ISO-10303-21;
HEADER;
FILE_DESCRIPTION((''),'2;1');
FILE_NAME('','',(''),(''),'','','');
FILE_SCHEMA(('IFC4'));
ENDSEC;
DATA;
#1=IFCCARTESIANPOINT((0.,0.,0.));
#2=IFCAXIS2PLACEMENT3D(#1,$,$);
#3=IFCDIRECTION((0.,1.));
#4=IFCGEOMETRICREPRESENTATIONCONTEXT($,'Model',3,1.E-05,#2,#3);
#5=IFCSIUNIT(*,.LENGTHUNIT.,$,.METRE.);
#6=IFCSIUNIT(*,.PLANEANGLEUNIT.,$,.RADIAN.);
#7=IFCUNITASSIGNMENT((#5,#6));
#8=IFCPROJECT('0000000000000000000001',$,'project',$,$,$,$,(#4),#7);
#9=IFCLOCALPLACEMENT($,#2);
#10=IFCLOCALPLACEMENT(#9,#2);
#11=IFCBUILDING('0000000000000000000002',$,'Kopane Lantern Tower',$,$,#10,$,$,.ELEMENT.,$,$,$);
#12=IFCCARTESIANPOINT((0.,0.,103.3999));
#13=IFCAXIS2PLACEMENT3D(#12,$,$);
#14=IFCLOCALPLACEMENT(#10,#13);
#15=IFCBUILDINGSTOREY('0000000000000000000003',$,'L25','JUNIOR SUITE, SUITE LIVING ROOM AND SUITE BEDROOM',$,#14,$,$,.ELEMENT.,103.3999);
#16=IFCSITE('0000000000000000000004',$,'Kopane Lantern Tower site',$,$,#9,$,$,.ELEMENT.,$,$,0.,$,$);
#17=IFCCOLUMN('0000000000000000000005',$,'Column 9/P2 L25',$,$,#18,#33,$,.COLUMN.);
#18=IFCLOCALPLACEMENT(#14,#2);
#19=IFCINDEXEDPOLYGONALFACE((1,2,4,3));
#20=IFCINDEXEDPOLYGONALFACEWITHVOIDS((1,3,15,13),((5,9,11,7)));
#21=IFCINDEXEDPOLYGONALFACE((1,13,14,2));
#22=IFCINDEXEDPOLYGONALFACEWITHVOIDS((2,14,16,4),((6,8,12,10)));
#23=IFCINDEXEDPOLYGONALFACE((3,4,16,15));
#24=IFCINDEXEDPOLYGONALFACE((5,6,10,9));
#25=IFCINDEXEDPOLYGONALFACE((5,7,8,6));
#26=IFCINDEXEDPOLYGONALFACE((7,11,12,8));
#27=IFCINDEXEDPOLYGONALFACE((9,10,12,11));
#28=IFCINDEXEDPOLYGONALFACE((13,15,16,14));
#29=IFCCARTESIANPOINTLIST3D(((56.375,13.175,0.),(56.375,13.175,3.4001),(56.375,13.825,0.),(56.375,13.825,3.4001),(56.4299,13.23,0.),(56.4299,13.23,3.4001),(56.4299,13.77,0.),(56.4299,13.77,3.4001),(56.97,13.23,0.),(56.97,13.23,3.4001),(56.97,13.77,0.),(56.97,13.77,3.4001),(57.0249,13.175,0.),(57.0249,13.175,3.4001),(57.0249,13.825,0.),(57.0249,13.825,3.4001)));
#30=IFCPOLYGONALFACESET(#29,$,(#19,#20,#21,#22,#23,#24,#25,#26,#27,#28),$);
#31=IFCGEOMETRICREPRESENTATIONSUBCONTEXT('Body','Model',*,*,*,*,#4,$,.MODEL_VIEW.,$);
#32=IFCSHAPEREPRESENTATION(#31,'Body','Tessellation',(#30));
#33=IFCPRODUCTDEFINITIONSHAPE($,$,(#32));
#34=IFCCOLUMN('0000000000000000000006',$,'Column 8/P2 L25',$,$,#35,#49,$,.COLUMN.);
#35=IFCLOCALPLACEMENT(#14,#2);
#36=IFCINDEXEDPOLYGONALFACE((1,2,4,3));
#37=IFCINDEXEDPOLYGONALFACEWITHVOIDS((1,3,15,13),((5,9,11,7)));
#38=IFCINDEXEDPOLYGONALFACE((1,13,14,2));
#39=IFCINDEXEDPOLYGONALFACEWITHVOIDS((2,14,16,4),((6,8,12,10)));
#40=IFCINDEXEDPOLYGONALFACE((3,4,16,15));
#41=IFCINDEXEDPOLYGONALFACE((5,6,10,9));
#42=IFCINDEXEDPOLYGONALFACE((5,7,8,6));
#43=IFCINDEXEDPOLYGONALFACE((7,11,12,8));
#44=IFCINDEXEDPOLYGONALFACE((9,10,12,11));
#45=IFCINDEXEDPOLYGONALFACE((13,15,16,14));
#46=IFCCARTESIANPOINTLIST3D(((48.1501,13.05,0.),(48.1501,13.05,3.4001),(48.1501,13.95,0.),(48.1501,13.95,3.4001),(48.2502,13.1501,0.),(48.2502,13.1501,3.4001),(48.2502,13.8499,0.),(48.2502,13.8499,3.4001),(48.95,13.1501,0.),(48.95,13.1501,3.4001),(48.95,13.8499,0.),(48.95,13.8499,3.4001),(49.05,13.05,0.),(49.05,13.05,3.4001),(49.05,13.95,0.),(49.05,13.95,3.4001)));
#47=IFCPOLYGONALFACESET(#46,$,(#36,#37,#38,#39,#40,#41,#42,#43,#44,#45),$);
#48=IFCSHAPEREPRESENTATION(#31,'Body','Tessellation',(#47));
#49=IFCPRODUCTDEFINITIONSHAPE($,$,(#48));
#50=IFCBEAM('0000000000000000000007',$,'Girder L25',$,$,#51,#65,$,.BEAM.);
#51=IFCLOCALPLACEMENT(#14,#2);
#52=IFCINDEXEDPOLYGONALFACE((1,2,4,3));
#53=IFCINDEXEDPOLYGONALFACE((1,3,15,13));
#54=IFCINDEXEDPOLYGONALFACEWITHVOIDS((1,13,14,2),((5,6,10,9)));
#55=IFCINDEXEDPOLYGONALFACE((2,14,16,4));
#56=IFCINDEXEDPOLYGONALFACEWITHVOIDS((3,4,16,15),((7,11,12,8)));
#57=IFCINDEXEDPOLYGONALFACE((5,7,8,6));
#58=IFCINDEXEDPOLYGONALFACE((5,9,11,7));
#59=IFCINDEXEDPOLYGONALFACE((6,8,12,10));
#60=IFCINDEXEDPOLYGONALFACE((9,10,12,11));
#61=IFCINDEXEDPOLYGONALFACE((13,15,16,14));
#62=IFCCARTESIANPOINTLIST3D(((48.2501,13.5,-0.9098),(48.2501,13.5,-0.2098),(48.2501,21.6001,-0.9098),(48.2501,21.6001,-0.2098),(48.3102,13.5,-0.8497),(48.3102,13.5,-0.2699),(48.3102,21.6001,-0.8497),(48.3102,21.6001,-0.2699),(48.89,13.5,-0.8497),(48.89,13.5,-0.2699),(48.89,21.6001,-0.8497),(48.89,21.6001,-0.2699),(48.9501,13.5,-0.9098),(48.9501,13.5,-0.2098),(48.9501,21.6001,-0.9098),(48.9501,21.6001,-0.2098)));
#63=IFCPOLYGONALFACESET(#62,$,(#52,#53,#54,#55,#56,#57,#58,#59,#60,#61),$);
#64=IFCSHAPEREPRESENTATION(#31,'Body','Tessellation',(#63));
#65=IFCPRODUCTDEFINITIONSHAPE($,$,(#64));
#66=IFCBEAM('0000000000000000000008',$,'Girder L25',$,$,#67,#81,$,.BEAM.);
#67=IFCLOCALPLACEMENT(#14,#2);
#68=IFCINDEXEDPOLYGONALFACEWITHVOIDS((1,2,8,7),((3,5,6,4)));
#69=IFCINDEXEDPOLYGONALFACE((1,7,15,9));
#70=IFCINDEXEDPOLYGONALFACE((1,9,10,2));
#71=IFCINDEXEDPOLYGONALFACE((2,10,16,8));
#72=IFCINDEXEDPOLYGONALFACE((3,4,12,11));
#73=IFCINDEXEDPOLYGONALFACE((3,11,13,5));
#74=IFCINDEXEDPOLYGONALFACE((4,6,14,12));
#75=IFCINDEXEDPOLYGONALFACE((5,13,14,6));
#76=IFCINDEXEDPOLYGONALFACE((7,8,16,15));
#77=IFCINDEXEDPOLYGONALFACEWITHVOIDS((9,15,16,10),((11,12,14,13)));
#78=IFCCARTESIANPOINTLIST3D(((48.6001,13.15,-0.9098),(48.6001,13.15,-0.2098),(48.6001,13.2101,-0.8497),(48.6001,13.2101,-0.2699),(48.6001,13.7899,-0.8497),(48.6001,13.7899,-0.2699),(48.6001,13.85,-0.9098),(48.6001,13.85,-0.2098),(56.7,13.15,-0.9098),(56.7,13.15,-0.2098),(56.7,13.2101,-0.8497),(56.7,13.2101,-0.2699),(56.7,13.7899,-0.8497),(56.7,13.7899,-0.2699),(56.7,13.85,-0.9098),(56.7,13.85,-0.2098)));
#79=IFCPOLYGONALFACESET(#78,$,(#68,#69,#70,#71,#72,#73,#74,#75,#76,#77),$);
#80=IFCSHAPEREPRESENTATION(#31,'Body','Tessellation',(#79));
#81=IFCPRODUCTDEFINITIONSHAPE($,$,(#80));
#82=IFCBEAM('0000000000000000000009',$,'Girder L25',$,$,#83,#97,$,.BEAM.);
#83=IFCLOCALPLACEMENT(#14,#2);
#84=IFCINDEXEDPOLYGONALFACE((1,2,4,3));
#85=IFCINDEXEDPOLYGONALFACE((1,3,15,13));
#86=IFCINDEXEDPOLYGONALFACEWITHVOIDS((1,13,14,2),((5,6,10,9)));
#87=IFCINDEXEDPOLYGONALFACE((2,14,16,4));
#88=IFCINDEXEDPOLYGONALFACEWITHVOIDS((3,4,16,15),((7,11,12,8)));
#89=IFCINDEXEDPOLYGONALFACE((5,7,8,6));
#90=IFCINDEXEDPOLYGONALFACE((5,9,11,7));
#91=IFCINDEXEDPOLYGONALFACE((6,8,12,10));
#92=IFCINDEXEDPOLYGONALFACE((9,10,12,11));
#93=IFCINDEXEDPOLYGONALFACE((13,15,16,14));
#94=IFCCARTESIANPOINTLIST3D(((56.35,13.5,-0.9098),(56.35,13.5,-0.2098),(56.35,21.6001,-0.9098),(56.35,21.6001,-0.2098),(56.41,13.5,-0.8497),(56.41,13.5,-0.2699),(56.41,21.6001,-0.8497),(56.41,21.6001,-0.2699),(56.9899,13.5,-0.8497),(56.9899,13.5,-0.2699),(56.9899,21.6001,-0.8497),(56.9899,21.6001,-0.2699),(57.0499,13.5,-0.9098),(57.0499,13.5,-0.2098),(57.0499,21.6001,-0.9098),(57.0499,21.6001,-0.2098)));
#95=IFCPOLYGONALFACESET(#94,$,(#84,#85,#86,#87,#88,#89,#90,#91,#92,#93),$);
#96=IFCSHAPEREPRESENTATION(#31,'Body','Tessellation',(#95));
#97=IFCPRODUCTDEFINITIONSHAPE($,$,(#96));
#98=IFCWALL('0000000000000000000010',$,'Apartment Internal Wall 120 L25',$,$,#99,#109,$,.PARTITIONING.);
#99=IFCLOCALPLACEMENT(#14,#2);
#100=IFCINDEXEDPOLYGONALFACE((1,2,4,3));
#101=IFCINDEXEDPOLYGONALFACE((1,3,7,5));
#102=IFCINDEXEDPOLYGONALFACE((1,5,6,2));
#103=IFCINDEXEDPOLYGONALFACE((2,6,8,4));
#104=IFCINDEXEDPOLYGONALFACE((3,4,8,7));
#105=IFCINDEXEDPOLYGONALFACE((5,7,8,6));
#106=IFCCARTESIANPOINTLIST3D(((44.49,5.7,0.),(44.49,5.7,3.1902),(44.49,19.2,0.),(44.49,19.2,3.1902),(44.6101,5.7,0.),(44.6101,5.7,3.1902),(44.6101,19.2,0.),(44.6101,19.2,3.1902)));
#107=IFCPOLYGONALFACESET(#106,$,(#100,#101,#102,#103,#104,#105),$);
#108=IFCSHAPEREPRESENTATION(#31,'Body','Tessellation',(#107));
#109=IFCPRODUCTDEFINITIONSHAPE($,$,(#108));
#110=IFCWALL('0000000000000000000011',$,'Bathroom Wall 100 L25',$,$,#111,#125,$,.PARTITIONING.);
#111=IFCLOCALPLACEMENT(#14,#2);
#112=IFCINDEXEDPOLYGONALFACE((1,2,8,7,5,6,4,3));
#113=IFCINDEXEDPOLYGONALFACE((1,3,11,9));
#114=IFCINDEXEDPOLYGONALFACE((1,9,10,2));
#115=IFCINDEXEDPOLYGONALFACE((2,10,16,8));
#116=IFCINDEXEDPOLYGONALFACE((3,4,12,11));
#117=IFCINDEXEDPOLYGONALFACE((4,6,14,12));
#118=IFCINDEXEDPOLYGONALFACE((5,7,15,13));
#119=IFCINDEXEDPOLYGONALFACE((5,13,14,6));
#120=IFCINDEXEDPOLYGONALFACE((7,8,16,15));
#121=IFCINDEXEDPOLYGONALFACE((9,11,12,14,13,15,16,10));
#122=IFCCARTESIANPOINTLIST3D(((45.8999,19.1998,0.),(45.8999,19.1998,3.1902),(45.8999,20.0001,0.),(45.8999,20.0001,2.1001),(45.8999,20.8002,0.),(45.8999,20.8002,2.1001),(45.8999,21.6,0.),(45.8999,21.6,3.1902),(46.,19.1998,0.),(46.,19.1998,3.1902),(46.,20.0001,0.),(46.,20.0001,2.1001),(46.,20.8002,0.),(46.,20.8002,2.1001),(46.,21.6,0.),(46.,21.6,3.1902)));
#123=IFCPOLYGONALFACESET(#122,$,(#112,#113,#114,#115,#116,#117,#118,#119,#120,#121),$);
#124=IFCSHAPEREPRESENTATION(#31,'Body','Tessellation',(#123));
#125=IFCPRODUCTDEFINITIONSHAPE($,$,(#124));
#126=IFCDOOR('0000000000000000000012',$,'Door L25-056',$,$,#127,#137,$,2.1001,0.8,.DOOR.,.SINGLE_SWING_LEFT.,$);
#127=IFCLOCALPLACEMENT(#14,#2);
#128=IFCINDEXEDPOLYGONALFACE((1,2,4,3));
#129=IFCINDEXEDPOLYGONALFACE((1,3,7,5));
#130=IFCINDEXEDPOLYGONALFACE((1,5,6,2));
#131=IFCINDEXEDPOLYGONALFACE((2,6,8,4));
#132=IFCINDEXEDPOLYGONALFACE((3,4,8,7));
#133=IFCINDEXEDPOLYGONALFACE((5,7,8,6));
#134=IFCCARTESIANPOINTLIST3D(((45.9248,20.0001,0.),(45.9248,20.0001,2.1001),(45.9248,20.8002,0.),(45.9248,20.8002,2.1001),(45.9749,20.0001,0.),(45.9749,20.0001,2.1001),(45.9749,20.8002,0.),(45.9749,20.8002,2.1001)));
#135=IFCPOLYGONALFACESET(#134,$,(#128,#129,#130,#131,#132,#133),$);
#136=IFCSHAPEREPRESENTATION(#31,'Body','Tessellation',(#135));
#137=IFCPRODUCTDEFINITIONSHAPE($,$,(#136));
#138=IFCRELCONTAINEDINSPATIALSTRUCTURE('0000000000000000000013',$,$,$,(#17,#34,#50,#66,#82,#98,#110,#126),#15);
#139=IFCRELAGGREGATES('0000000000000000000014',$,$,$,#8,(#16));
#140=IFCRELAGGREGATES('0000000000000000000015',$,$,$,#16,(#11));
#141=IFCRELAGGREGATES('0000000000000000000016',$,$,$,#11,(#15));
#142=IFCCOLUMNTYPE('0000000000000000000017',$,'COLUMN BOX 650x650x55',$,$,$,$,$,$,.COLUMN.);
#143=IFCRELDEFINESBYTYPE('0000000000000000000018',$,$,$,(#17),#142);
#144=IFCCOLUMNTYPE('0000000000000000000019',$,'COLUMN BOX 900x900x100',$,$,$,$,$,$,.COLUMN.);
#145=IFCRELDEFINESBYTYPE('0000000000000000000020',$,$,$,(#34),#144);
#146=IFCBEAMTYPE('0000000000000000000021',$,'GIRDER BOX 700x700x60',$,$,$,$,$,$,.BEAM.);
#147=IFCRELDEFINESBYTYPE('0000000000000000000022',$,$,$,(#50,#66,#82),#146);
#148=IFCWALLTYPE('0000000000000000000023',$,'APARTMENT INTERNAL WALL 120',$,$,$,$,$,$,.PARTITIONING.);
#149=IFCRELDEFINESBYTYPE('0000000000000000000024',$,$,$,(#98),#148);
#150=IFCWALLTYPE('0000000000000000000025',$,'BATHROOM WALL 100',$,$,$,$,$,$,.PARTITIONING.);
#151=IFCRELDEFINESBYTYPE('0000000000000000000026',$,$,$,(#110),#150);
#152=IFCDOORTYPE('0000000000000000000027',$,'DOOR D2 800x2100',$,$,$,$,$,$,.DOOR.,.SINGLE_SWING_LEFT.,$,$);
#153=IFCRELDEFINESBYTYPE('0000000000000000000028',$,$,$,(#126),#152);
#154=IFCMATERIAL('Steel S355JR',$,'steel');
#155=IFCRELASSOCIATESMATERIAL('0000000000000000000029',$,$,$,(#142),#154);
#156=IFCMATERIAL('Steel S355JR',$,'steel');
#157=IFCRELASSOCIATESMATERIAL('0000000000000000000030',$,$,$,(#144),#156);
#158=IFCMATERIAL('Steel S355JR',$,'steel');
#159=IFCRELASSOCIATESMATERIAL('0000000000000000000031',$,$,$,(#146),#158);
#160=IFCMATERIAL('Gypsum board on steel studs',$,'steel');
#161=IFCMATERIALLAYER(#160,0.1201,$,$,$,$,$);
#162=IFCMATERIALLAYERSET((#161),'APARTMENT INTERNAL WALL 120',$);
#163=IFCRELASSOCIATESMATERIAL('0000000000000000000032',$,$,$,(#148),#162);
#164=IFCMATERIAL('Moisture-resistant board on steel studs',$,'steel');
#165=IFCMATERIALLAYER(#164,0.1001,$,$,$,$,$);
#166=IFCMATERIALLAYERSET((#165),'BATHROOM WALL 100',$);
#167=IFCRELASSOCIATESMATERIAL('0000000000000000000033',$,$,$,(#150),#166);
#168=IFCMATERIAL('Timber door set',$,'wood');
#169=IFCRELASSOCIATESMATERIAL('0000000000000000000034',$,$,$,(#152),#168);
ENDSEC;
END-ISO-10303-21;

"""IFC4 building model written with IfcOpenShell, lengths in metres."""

from ifc_helpers import new_model, si_unit, direction, frame, frame_2d, origin, origin_2d, place, context, subcontext, project, spatial, rectangle, hollow_rectangle, extrude, material, layer, layer_set, material_profile, profile_set, type_object, element, fill, save


model = new_model("IFC4")

# Units and contexts
model_context = context("Model", 3, precision=1e-05, world=origin(), true_north=direction((0.0, 1.0)))
body_context = subcontext(model_context, "Body", "Model", "MODEL_VIEW")
ifc_project = project(units=[si_unit("LENGTHUNIT", "METRE"), si_unit("PLANEANGLEUNIT", "RADIAN")], contexts=[model_context])

# Site, building, storey
site_placement = place(None, origin())
site = spatial("IfcSite", under=ifc_project, at=site_placement, Name="Kopane Lantern Tower site", CompositionType="ELEMENT", RefElevation=0.0)
building_placement = place(site_placement, origin())
building = spatial("IfcBuilding", under=site, at=building_placement, Name="Kopane Lantern Tower", CompositionType="ELEMENT")
storey_placement = place(building_placement, frame((0.0, 0.0, 103.3999)))
storey = spatial("IfcBuildingStorey", under=building, at=storey_placement, Name="L25", Description="JUNIOR SUITE, SUITE LIVING ROOM AND SUITE BEDROOM", CompositionType="ELEMENT", Elevation=103.3999)

# Columns
ifc_material_1 = material(Name="Steel S355JR", Category="steel")
ifc_material_profile_1 = material_profile(ifc_material_1, hollow_rectangle(XDim=0.6499, YDim=0.6499, WallThickness=0.0549, at=origin_2d()), Name="BOX 650x650x55")
ifc_profile_set_1 = profile_set([ifc_material_profile_1], Name="Steel S355JR")
column_type_1 = type_object("IfcColumnType", Name="COLUMN BOX 650x650x55", PredefinedType="COLUMN", material=ifc_profile_set_1)
column_1_placement = place(storey_placement, frame((56.7, 13.5, 0.0), z_axis=(0.0, 0.0, 1.0), x_axis=(1.0, 0.0, 0.0)))
element("IfcColumn", 1, at=column_1_placement, inside=storey, type_object=column_type_1, Name="Column 9/P2 L25", PredefinedType="COLUMN", context=body_context, shape_type="SweptSolid", body=[
    extrude(hollow_rectangle(XDim=0.6499, YDim=0.6499, WallThickness=0.0549, at=origin_2d()), origin(), (0.0, 0.0, 1.0), 3.4001),
])
ifc_material_2 = material(Name="Steel S355JR", Category="steel")
ifc_material_profile_2 = material_profile(ifc_material_2, hollow_rectangle(XDim=0.8999, YDim=0.8999, WallThickness=0.1001, at=origin_2d()), Name="BOX 900x900x100")
ifc_profile_set_2 = profile_set([ifc_material_profile_2], Name="Steel S355JR")
column_type_2 = type_object("IfcColumnType", Name="COLUMN BOX 900x900x100", PredefinedType="COLUMN", material=ifc_profile_set_2)
column_2_placement = place(storey_placement, frame((48.6001, 13.5, 0.0), z_axis=(0.0, 0.0, 1.0), x_axis=(1.0, 0.0, 0.0)))
element("IfcColumn", 2, at=column_2_placement, inside=storey, type_object=column_type_2, Name="Column 8/P2 L25", PredefinedType="COLUMN", context=body_context, shape_type="SweptSolid", body=[
    extrude(hollow_rectangle(XDim=0.8999, YDim=0.8999, WallThickness=0.1001, at=origin_2d()), origin(), (0.0, 0.0, 1.0), 3.4001),
])

# Beams
ifc_material_3 = material(Name="Steel S355JR", Category="steel")
ifc_material_profile_3 = material_profile(ifc_material_3, hollow_rectangle(XDim=0.7, YDim=0.7, WallThickness=0.0601, at=origin_2d()), Name="BOX 700x700x60")
ifc_profile_set_3 = profile_set([ifc_material_profile_3], Name="Steel S355JR")
beam_type = type_object("IfcBeamType", Name="GIRDER BOX 700x700x60", PredefinedType="BEAM", material=ifc_profile_set_3)
beam_1_placement = place(storey_placement, frame((48.6001, 13.5, -0.5598), z_axis=(0.0, 1.0, 0.0), x_axis=(-1.0, 0.0, 0.0)))
element("IfcBeam", 3, at=beam_1_placement, inside=storey, type_object=beam_type, Name="Girder L25", PredefinedType="BEAM", context=body_context, shape_type="SweptSolid", body=[
    extrude(hollow_rectangle(XDim=0.7, YDim=0.7, WallThickness=0.0601, at=origin_2d()), origin(), (0.0, 0.0, 1.0), 8.1001),
])
beam_2_placement = place(storey_placement, frame((48.6001, 13.5, -0.5598), z_axis=(1.0, 0.0, 0.0), x_axis=(0.0, 1.0, 0.0)))
element("IfcBeam", 4, at=beam_2_placement, inside=storey, type_object=beam_type, Name="Girder L25", PredefinedType="BEAM", context=body_context, shape_type="SweptSolid", body=[
    extrude(hollow_rectangle(XDim=0.7, YDim=0.7, WallThickness=0.0601, at=origin_2d()), origin(), (0.0, 0.0, 1.0), 8.0999),
])
beam_3_placement = place(storey_placement, frame((56.7, 13.5, -0.5598), z_axis=(0.0, 1.0, 0.0), x_axis=(-1.0, 0.0, 0.0)))
element("IfcBeam", 5, at=beam_3_placement, inside=storey, type_object=beam_type, Name="Girder L25", PredefinedType="BEAM", context=body_context, shape_type="SweptSolid", body=[
    extrude(hollow_rectangle(XDim=0.7, YDim=0.7, WallThickness=0.0601, at=origin_2d()), origin(), (0.0, 0.0, 1.0), 8.1001),
])

# Wall
ifc_material_4 = material(Name="Gypsum board on steel studs", Category="steel")
ifc_layer_1 = layer(ifc_material_4, 0.1201)
ifc_layer_set_1 = layer_set([ifc_layer_1], Name="APARTMENT INTERNAL WALL 120")
wall_type_1 = type_object("IfcWallType", Name="APARTMENT INTERNAL WALL 120", PredefinedType="PARTITIONING", material=ifc_layer_set_1)
wall_1_placement = place(storey_placement, frame((44.55, 19.2, 0.0), z_axis=(0.0, 0.0, 1.0), x_axis=(0.0, -1.0, 0.0)))
element("IfcWall", 6, at=wall_1_placement, inside=storey, type_object=wall_type_1, Name="Apartment Internal Wall 120 L25", PredefinedType="PARTITIONING", context=body_context, shape_type="SweptSolid", body=[
    extrude(rectangle(XDim=13.5, YDim=0.1201, at=frame_2d((6.75, 0.0))), origin(), (0.0, 0.0, 1.0), 3.1902),
])

# Wall, opening, door
ifc_material_5 = material(Name="Moisture-resistant board on steel studs", Category="steel")
ifc_layer_2 = layer(ifc_material_5, 0.1001)
ifc_layer_set_2 = layer_set([ifc_layer_2], Name="BATHROOM WALL 100")
wall_type_2 = type_object("IfcWallType", Name="BATHROOM WALL 100", PredefinedType="PARTITIONING", material=ifc_layer_set_2)
wall_2_placement = place(storey_placement, frame((45.95, 21.6001, 0.0), z_axis=(0.0, 0.0, 1.0), x_axis=(0.0, -1.0, 0.0)))
wall_2 = element("IfcWall", 7, at=wall_2_placement, inside=storey, type_object=wall_type_2, Name="Bathroom Wall 100 L25", PredefinedType="PARTITIONING", context=body_context, shape_type="SweptSolid", body=[
    extrude(rectangle(XDim=2.4001, YDim=0.1001, at=frame_2d((1.2002, 0.0))), origin(), (0.0, 0.0, 1.0), 3.1902),
])
opening_1_placement = place(wall_2_placement, frame((0.8, 0.0, 0.0)))
opening_1 = element("IfcOpeningElement", 8, at=opening_1_placement, cuts=wall_2, PredefinedType="OPENING", context=body_context, shape_type="SweptSolid", body=[
    extrude(rectangle(XDim=0.8, YDim=2.1001, at=frame_2d((0.3999, 1.05))), frame((0.0, 0.0601, 0.0), z_axis=(0.0, -1.0, 0.0), x_axis=(1.0, 0.0, 0.0)), (0.0, 0.0, 1.0), 0.1201),
])
ifc_material_6 = material(Name="Timber door set", Category="wood")
door_type_1 = type_object("IfcDoorType", Name="DOOR D2 800x2100", OperationType="SINGLE_SWING_LEFT", PredefinedType="DOOR", material=ifc_material_6)
door_1_placement = place(opening_1_placement, origin())
door_1 = element("IfcDoor", 9, at=door_1_placement, inside=storey, type_object=door_type_1, Name="Door L25-056", OperationType="SINGLE_SWING_LEFT", OverallHeight=2.1001, OverallWidth=0.8, PredefinedType="DOOR", context=body_context, shape_type="SweptSolid", body=[
    extrude(rectangle(XDim=0.8, YDim=2.1001, at=frame_2d((0.3999, 1.05))), frame((0.0, 0.0249, 0.0), z_axis=(0.0, -1.0, 0.0), x_axis=(1.0, 0.0, 0.0)), (0.0, 0.0, 1.0), 0.05),
])
fill(opening_1, door_1)

save(model, "model.ifc")
